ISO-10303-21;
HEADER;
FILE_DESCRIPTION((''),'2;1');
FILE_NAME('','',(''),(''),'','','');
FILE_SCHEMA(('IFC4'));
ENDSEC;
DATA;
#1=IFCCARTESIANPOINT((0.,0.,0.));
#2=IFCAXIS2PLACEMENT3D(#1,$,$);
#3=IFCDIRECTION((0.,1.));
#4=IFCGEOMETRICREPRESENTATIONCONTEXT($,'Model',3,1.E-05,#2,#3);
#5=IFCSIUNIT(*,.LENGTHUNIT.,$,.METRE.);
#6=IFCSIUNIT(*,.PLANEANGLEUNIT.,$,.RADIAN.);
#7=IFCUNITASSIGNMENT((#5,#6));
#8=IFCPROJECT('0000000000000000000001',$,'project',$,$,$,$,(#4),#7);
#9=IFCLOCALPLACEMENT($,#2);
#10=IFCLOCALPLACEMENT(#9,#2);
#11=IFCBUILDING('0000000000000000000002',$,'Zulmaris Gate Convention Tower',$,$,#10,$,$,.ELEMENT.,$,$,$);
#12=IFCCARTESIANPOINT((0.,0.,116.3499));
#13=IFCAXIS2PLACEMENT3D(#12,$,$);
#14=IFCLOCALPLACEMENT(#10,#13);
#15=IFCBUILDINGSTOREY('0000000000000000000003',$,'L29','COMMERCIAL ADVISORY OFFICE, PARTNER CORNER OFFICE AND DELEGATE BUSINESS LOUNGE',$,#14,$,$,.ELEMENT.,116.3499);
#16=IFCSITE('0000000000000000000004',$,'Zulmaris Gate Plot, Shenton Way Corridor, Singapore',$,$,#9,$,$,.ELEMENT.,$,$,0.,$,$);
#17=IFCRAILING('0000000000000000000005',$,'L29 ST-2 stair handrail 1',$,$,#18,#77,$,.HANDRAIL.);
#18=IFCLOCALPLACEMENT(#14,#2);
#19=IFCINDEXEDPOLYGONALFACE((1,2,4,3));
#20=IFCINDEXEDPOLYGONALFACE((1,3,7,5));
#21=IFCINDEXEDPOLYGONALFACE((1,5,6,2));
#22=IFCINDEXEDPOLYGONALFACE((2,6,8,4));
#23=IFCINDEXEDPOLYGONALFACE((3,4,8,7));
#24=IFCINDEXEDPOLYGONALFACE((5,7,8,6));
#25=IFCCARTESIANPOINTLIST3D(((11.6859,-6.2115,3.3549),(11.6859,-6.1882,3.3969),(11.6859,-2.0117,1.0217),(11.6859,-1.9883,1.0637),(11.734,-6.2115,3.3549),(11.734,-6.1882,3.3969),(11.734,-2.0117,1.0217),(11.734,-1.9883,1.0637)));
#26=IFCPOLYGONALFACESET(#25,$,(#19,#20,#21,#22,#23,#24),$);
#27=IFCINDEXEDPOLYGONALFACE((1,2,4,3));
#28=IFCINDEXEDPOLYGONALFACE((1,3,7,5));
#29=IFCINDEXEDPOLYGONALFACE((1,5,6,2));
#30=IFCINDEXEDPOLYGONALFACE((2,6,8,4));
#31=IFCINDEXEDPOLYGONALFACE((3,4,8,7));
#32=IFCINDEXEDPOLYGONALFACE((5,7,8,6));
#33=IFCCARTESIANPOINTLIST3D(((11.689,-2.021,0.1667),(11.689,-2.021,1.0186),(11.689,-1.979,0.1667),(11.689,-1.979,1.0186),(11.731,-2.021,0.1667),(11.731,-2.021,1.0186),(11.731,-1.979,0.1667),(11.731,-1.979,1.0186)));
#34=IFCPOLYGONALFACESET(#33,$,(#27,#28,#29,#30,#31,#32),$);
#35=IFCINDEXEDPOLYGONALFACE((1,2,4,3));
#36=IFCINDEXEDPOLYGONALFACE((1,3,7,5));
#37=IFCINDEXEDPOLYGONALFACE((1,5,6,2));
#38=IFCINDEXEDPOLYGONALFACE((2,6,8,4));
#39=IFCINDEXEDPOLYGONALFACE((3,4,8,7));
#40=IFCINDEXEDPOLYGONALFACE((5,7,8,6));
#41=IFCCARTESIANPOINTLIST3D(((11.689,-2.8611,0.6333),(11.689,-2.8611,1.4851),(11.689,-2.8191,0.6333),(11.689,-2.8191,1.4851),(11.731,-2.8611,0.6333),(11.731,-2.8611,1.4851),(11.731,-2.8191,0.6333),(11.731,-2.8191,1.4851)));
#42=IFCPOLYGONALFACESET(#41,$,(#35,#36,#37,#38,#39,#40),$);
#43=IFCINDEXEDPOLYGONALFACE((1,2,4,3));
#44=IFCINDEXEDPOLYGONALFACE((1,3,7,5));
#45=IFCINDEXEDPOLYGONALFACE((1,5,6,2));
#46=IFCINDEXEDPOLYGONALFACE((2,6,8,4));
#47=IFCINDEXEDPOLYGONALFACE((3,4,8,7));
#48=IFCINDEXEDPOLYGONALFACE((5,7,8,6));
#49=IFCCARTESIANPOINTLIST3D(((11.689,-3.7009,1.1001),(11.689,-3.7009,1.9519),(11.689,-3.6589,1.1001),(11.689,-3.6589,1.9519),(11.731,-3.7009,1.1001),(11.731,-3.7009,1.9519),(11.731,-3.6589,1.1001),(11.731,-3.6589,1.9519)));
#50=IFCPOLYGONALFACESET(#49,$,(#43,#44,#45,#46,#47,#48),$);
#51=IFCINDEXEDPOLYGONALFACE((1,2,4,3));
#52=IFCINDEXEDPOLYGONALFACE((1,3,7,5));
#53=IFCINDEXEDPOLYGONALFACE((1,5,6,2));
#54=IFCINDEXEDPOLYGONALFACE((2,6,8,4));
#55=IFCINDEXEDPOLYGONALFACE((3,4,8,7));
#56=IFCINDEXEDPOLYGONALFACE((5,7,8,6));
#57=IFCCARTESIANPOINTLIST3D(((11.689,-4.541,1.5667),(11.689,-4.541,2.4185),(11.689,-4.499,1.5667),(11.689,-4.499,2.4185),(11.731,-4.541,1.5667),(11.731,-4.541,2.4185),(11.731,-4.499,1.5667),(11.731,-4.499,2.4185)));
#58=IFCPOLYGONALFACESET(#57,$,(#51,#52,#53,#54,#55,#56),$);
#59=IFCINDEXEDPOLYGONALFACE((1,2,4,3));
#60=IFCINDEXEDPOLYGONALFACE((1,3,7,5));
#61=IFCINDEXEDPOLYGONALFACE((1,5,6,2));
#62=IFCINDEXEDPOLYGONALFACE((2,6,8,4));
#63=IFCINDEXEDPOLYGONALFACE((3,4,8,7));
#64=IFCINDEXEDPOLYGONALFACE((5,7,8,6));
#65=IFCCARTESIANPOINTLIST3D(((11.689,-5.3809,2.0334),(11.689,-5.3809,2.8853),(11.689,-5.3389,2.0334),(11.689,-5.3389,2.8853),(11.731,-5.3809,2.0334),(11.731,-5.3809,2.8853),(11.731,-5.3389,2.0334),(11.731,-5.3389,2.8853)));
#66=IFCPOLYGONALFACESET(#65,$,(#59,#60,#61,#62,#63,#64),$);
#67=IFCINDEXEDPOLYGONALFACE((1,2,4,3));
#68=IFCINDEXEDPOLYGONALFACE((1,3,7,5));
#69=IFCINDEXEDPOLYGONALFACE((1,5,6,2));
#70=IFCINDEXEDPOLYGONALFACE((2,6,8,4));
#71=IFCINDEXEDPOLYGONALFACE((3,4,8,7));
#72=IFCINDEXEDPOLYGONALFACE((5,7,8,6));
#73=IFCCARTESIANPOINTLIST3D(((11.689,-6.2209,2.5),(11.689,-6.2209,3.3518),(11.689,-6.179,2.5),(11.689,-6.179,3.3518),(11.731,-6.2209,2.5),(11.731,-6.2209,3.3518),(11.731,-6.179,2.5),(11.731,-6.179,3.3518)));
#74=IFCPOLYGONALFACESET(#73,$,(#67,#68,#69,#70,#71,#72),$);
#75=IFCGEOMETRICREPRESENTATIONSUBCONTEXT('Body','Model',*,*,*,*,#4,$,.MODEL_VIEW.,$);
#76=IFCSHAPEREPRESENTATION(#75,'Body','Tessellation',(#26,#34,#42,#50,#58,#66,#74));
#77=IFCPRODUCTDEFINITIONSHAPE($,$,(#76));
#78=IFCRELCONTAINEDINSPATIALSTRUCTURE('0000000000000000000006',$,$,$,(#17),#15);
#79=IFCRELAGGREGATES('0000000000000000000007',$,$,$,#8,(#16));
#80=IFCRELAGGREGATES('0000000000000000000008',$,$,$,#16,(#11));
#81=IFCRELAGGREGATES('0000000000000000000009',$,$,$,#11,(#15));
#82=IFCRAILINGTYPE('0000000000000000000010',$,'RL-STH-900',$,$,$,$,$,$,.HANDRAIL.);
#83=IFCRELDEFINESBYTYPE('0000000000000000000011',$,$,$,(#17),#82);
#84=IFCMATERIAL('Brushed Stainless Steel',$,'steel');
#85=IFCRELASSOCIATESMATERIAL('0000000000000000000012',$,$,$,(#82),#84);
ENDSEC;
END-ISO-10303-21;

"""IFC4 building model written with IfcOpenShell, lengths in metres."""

from ifc_helpers import new_model, si_unit, direction, frame, origin, origin_2d, place, context, subcontext, project, spatial, rectangle, extrude, material, type_object, element, save


model = new_model("IFC4")

# Units and contexts
model_context = context("Model", 3, precision=1e-05, world=origin(), true_north=direction((0.0, 1.0)))
body_context = subcontext(model_context, "Body", "Model", "MODEL_VIEW")
ifc_project = project(units=[si_unit("LENGTHUNIT", "METRE"), si_unit("PLANEANGLEUNIT", "RADIAN")], contexts=[model_context])

# Site, building, storey
site_placement = place(None, origin())
site = spatial("IfcSite", under=ifc_project, at=site_placement, Name="Zulmaris Gate Plot, Shenton Way Corridor, Singapore", CompositionType="ELEMENT", RefElevation=0.0)
building_placement = place(site_placement, origin())
building = spatial("IfcBuilding", under=site, at=building_placement, Name="Zulmaris Gate Convention Tower", CompositionType="ELEMENT")
storey_placement = place(building_placement, frame((0.0, 0.0, 116.3499)))
storey = spatial("IfcBuildingStorey", under=building, at=storey_placement, Name="L29", Description="COMMERCIAL ADVISORY OFFICE, PARTNER CORNER OFFICE AND DELEGATE BUSINESS LOUNGE", CompositionType="ELEMENT", Elevation=116.3499)

# Railing
ifc_material_1 = material(Name="Brushed Stainless Steel", Category="steel")
railing_type_1 = type_object("IfcRailingType", Name="RL-STH-900", PredefinedType="HANDRAIL", material=ifc_material_1)
railing_1_placement = place(storey_placement, frame((11.71, -2.0, 0.1667)))
element("IfcRailing", 1, at=railing_1_placement, inside=storey, type_object=railing_type_1, Name="L29 ST-2 stair handrail 1", PredefinedType="HANDRAIL", context=body_context, shape_type="SweptSolid", body=[
    extrude(rectangle(XDim=0.0481, YDim=0.0481, at=origin_2d()), frame((0.0, 0.0, 0.876), z_axis=(0.0, -0.874162, 0.485634), x_axis=(1.0, 0.0, 0.0)), (0.0, 0.0, 1.0), 4.8044),
    extrude(rectangle(XDim=0.042, YDim=0.042, at=origin_2d()), origin(), (0.0, 0.0, 1.0), 0.8518),
    extrude(rectangle(XDim=0.042, YDim=0.042, at=origin_2d()), frame((0.0, -0.8401, 0.4666)), (0.0, 0.0, 1.0), 0.8518),
    extrude(rectangle(XDim=0.042, YDim=0.042, at=origin_2d()), frame((0.0, -1.6799, 0.9333)), (0.0, 0.0, 1.0), 0.8518),
    extrude(rectangle(XDim=0.042, YDim=0.042, at=origin_2d()), frame((0.0, -2.52, 1.3999)), (0.0, 0.0, 1.0), 0.8518),
    extrude(rectangle(XDim=0.042, YDim=0.042, at=origin_2d()), frame((0.0, -3.3599, 1.8667)), (0.0, 0.0, 1.0), 0.8518),
    extrude(rectangle(XDim=0.042, YDim=0.042, at=origin_2d()), frame((0.0, -4.2, 2.3333)), (0.0, 0.0, 1.0), 0.8518),
])

save(model, "model.ifc")
